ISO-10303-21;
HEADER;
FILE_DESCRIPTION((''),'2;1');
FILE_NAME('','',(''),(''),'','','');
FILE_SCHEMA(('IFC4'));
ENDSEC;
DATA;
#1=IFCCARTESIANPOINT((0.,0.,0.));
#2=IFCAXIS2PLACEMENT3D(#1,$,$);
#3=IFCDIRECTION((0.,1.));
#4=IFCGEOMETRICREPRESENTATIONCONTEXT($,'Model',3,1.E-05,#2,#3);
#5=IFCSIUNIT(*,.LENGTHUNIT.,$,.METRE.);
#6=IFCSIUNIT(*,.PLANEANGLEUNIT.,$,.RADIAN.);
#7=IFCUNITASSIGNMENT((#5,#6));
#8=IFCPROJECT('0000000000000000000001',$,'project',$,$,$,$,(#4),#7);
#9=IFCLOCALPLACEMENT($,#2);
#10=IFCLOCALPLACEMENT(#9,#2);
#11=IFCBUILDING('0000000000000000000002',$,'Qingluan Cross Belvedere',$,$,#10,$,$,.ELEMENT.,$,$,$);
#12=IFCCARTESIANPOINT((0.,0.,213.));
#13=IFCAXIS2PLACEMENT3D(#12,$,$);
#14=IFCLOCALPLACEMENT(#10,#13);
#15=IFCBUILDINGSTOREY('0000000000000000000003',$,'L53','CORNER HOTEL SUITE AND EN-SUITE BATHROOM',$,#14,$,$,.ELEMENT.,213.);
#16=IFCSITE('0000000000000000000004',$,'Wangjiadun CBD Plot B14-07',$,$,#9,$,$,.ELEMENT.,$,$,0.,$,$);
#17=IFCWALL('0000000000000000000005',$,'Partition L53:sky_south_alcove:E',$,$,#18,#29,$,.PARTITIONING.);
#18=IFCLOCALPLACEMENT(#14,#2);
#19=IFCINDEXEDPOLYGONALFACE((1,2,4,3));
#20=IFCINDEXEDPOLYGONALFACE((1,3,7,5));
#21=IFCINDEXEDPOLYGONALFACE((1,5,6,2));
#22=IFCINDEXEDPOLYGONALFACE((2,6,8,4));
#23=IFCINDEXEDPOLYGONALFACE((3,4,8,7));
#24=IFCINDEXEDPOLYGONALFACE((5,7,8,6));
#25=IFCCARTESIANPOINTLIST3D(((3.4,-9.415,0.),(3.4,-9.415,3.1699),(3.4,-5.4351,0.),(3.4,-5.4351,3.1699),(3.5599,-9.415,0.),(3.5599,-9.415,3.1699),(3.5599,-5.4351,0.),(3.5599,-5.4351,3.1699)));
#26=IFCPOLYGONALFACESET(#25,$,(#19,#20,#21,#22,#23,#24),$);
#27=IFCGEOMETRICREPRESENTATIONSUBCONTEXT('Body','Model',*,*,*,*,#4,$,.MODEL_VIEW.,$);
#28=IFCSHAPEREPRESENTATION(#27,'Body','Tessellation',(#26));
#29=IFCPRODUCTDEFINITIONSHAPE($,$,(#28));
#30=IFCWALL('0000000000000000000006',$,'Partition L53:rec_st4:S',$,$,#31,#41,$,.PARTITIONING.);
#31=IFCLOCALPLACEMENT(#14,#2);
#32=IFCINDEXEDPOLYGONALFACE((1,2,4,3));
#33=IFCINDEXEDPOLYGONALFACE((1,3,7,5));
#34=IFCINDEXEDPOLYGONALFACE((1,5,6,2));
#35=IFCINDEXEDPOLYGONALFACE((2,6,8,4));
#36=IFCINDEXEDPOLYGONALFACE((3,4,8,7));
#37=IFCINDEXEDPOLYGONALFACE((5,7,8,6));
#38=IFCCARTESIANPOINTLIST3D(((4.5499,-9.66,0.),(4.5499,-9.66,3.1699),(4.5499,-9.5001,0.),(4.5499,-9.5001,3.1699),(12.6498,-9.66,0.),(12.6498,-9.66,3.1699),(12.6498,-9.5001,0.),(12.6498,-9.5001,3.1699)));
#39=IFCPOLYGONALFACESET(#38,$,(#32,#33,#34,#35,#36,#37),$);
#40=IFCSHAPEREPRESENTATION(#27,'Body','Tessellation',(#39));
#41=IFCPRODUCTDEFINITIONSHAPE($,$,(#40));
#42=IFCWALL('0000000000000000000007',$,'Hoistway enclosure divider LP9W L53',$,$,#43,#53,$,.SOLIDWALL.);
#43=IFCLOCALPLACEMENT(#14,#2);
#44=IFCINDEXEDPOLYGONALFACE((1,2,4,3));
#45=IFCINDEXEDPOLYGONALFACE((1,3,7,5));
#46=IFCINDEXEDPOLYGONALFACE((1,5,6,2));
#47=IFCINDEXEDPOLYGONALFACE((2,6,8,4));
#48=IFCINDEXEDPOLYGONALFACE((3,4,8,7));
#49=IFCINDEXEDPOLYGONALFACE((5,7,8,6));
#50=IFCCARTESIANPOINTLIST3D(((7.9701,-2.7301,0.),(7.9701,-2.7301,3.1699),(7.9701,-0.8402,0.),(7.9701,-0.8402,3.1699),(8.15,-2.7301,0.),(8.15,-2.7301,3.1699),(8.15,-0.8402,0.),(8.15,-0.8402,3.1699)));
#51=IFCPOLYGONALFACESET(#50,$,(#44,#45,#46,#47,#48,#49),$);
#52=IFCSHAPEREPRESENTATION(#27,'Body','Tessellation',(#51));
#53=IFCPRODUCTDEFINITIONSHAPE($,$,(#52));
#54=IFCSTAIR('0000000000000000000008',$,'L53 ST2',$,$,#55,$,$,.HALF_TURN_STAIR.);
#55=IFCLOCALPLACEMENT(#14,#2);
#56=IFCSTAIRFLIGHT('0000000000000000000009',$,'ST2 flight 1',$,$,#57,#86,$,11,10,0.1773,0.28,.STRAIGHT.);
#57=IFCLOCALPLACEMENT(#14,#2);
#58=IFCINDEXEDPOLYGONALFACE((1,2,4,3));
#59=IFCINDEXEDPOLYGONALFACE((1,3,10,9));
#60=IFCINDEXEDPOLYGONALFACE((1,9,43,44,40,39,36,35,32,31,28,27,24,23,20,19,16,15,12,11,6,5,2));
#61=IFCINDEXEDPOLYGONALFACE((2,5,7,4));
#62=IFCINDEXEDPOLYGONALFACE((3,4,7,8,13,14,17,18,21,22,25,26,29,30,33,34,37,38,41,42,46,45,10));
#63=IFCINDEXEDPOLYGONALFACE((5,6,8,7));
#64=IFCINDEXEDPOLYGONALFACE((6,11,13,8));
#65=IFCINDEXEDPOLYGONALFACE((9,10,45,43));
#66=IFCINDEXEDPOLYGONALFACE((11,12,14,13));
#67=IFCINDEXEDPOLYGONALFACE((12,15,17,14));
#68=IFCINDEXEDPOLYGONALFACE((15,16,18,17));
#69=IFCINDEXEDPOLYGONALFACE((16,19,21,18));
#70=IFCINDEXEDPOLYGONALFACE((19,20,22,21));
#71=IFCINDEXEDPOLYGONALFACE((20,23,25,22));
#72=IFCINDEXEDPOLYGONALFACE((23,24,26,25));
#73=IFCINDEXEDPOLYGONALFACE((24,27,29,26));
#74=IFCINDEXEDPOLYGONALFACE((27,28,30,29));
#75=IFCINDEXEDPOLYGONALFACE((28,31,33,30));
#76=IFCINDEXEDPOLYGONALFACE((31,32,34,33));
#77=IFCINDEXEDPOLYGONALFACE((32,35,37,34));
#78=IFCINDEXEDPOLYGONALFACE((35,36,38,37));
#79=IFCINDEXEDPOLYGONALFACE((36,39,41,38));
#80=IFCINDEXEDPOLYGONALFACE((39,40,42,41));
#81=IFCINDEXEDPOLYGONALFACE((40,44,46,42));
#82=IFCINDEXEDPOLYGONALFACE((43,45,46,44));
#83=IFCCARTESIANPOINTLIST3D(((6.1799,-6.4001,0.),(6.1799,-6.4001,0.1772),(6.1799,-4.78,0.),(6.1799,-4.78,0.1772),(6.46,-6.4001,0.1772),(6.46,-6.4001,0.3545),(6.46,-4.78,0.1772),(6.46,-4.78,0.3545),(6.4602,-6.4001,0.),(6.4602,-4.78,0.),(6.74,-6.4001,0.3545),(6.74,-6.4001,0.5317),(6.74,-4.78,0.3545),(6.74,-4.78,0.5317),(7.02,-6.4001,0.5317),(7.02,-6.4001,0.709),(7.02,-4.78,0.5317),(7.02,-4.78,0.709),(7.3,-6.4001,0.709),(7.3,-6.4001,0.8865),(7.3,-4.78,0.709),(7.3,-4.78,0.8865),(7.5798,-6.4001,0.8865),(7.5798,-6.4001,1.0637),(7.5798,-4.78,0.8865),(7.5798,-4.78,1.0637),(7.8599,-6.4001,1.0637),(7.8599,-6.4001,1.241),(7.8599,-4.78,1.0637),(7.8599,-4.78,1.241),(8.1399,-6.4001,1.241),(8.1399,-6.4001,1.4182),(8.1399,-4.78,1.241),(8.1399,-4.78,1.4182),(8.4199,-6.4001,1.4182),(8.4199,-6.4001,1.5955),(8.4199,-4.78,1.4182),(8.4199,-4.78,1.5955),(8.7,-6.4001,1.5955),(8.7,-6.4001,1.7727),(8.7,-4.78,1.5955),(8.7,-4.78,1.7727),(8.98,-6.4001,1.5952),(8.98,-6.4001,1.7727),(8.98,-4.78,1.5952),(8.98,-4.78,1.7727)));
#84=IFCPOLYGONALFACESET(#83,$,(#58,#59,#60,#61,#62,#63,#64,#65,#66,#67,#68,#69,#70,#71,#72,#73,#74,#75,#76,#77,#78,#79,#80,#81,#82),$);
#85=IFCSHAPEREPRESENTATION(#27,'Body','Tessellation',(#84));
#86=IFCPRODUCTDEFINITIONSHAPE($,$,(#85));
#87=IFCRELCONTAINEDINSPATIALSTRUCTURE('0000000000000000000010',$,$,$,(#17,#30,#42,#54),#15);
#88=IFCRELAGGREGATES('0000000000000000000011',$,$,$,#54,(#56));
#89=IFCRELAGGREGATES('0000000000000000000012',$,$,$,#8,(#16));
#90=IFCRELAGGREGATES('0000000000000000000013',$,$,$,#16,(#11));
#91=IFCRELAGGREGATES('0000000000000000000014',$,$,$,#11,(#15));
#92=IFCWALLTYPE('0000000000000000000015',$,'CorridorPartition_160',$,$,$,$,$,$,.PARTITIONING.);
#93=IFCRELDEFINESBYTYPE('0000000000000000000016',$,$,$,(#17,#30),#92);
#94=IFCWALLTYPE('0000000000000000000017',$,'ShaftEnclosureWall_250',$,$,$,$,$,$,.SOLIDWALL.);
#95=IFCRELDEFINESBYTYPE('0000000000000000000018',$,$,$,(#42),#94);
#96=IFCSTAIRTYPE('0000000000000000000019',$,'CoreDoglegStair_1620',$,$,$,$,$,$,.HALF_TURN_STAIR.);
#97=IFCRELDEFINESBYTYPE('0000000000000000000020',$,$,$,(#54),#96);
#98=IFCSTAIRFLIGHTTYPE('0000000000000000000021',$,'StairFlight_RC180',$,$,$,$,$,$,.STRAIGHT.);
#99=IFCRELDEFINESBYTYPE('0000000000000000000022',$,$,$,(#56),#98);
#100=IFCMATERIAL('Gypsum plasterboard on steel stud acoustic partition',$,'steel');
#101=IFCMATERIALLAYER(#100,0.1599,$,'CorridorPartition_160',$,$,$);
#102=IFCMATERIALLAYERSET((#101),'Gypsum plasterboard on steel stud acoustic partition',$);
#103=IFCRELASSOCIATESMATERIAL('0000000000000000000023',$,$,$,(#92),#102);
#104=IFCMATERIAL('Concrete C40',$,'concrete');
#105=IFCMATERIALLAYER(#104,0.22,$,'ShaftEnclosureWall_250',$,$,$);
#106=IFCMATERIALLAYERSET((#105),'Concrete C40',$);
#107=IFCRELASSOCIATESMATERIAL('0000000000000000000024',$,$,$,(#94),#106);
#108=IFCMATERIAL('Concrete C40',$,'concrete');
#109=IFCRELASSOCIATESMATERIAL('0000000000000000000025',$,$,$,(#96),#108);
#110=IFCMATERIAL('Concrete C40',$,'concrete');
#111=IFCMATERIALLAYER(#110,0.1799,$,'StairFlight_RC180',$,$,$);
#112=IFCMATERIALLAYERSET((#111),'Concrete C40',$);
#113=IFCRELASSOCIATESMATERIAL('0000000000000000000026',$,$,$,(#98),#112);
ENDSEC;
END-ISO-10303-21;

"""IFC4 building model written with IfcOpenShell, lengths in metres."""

from ifc_helpers import new_model, si_unit, direction, frame, frame_2d, origin, place, context, subcontext, project, spatial, polyline, rectangle, outline, extrude, material, layer, layer_set, type_object, element, aggregate, save


model = new_model("IFC4")

# Units and contexts
model_context = context("Model", 3, precision=1e-05, world=origin(), true_north=direction((0.0, 1.0)))
body_context = subcontext(model_context, "Body", "Model", "MODEL_VIEW")
ifc_project = project(units=[si_unit("LENGTHUNIT", "METRE"), si_unit("PLANEANGLEUNIT", "RADIAN")], contexts=[model_context])

# Site, building, storey
site_placement = place(None, origin())
site = spatial("IfcSite", under=ifc_project, at=site_placement, Name="Wangjiadun CBD Plot B14-07", CompositionType="ELEMENT", RefElevation=0.0)
building_placement = place(site_placement, origin())
building = spatial("IfcBuilding", under=site, at=building_placement, Name="Qingluan Cross Belvedere", CompositionType="ELEMENT")
storey_placement = place(building_placement, frame((0.0, 0.0, 213.0)))
storey = spatial("IfcBuildingStorey", under=building, at=storey_placement, Name="L53", Description="CORNER HOTEL SUITE AND EN-SUITE BATHROOM", CompositionType="ELEMENT", Elevation=213.0)

# Shared definitions
ifc_material_1 = material(Name="Gypsum plasterboard on steel stud acoustic partition", Category="steel")
ifc_layer_1 = layer(ifc_material_1, 0.1599, Name="CorridorPartition_160")
ifc_layer_set_1 = layer_set([ifc_layer_1], Name="Gypsum plasterboard on steel stud acoustic partition")
wall_type_1 = type_object("IfcWallType", Name="CorridorPartition_160", PredefinedType="PARTITIONING", material=ifc_layer_set_1)

# Walls
for number, where, z_axis, x_axis, name in (
    (1, (3.48, -9.415, 0.0), (0.0, 0.0, 1.0), (0.0, 1.0, 0.0), "Partition L53:sky_south_alcove:E"),
):
    element("IfcWall", number, at=place(storey_placement, frame(where, z_axis=z_axis, x_axis=x_axis)), inside=storey, type_object=wall_type_1, Name=name, PredefinedType="PARTITIONING", context=body_context, shape_type="SweptSolid", body=[
        extrude(rectangle(XDim=3.98, YDim=0.1599, at=frame_2d((1.99, 0.0))), origin(), (0.0, 0.0, 1.0), 3.1699),
    ])
wall_1_placement = place(storey_placement, frame((4.55, -9.5801, 0.0), z_axis=(0.0, 0.0, 1.0), x_axis=(1.0, 0.0, 0.0)))
element("IfcWall", 2, at=wall_1_placement, inside=storey, type_object=wall_type_1, Name="Partition L53:rec_st4:S", PredefinedType="PARTITIONING", context=body_context, shape_type="SweptSolid", body=[
    extrude(rectangle(XDim=8.0999, YDim=0.1599, at=frame_2d((4.0498, 0.0))), origin(), (0.0, 0.0, 1.0), 3.1699),
])

# Shared definitions
ifc_material_2 = material(Name="Concrete C40", Category="concrete")
ifc_layer_2 = layer(ifc_material_2, 0.22, Name="ShaftEnclosureWall_250")
ifc_layer_set_2 = layer_set([ifc_layer_2], Name="Concrete C40")
wall_type_2 = type_object("IfcWallType", Name="ShaftEnclosureWall_250", PredefinedType="SOLIDWALL", material=ifc_layer_set_2)

# Wall
wall_2_placement = place(storey_placement, frame((8.0601, -2.73, 0.0), z_axis=(0.0, 0.0, 1.0), x_axis=(0.0, 1.0, 0.0)))
element("IfcWall", 3, at=wall_2_placement, inside=storey, type_object=wall_type_2, Name="Hoistway enclosure divider LP9W L53", PredefinedType="SOLIDWALL", context=body_context, shape_type="SweptSolid", body=[
    extrude(rectangle(XDim=1.8899, YDim=0.1799, at=frame_2d((0.9448, 0.0))), origin(), (0.0, 0.0, 1.0), 3.1699),
])

# Stair, stair flight
ifc_material_3 = material(Name="Concrete C40", Category="concrete")
stair_type = type_object("IfcStairType", Name="CoreDoglegStair_1620", PredefinedType="HALF_TURN_STAIR", material=ifc_material_3)
stair_placement = place(storey_placement, origin())
stair = element("IfcStair", 4, at=stair_placement, inside=storey, type_object=stair_type, Name="L53 ST2", PredefinedType="HALF_TURN_STAIR")
ifc_material_4 = material(Name="Concrete C40", Category="concrete")
ifc_layer_3 = layer(ifc_material_4, 0.1799, Name="StairFlight_RC180")
ifc_layer_set_3 = layer_set([ifc_layer_3], Name="Concrete C40")
stair_flight_type = type_object("IfcStairFlightType", Name="StairFlight_RC180", PredefinedType="STRAIGHT", material=ifc_layer_set_3)
stair_flight_placement = place(storey_placement, frame((6.1799, -5.5901, 0.0), z_axis=(0.0, 0.0, 1.0), x_axis=(1.0, 0.0, 0.0)))
stair_flight = element("IfcStairFlight", 5, at=stair_flight_placement, type_object=stair_flight_type, Name="ST2 flight 1", NumberOfRisers=11, NumberOfTreads=10, PredefinedType="STRAIGHT", RiserHeight=0.1773, TreadLength=0.28, context=body_context, shape_type="SweptSolid", body=[
    extrude(outline(polyline([(0.0, 0.0), (0.0, 0.1772), (0.28, 0.1772), (0.28, 0.3545), (0.5601, 0.3545), (0.5601, 0.5317), (0.8401, 0.5317), (0.8401, 0.709), (1.1201, 0.709), (1.1201, 0.8865), (1.3999, 0.8865), (1.3999, 1.0637), (1.6799, 1.0637), (1.6799, 1.241), (1.96, 1.241), (1.96, 1.4182), (2.24, 1.4182), (2.24, 1.5955), (2.52, 1.5955), (2.52, 1.7727), (2.8, 1.7727), (2.8, 1.95), (2.8, 1.5952), (0.2803, 0.0), (0.0, 0.0)])), frame((0.0, 0.8101, 0.0), z_axis=(0.0, -1.0, 0.0), x_axis=(1.0, 0.0, 0.0)), (0.0, 0.0, 1.0), 1.6201),
])
aggregate(stair, [stair_flight])

save(model, "model.ifc")
